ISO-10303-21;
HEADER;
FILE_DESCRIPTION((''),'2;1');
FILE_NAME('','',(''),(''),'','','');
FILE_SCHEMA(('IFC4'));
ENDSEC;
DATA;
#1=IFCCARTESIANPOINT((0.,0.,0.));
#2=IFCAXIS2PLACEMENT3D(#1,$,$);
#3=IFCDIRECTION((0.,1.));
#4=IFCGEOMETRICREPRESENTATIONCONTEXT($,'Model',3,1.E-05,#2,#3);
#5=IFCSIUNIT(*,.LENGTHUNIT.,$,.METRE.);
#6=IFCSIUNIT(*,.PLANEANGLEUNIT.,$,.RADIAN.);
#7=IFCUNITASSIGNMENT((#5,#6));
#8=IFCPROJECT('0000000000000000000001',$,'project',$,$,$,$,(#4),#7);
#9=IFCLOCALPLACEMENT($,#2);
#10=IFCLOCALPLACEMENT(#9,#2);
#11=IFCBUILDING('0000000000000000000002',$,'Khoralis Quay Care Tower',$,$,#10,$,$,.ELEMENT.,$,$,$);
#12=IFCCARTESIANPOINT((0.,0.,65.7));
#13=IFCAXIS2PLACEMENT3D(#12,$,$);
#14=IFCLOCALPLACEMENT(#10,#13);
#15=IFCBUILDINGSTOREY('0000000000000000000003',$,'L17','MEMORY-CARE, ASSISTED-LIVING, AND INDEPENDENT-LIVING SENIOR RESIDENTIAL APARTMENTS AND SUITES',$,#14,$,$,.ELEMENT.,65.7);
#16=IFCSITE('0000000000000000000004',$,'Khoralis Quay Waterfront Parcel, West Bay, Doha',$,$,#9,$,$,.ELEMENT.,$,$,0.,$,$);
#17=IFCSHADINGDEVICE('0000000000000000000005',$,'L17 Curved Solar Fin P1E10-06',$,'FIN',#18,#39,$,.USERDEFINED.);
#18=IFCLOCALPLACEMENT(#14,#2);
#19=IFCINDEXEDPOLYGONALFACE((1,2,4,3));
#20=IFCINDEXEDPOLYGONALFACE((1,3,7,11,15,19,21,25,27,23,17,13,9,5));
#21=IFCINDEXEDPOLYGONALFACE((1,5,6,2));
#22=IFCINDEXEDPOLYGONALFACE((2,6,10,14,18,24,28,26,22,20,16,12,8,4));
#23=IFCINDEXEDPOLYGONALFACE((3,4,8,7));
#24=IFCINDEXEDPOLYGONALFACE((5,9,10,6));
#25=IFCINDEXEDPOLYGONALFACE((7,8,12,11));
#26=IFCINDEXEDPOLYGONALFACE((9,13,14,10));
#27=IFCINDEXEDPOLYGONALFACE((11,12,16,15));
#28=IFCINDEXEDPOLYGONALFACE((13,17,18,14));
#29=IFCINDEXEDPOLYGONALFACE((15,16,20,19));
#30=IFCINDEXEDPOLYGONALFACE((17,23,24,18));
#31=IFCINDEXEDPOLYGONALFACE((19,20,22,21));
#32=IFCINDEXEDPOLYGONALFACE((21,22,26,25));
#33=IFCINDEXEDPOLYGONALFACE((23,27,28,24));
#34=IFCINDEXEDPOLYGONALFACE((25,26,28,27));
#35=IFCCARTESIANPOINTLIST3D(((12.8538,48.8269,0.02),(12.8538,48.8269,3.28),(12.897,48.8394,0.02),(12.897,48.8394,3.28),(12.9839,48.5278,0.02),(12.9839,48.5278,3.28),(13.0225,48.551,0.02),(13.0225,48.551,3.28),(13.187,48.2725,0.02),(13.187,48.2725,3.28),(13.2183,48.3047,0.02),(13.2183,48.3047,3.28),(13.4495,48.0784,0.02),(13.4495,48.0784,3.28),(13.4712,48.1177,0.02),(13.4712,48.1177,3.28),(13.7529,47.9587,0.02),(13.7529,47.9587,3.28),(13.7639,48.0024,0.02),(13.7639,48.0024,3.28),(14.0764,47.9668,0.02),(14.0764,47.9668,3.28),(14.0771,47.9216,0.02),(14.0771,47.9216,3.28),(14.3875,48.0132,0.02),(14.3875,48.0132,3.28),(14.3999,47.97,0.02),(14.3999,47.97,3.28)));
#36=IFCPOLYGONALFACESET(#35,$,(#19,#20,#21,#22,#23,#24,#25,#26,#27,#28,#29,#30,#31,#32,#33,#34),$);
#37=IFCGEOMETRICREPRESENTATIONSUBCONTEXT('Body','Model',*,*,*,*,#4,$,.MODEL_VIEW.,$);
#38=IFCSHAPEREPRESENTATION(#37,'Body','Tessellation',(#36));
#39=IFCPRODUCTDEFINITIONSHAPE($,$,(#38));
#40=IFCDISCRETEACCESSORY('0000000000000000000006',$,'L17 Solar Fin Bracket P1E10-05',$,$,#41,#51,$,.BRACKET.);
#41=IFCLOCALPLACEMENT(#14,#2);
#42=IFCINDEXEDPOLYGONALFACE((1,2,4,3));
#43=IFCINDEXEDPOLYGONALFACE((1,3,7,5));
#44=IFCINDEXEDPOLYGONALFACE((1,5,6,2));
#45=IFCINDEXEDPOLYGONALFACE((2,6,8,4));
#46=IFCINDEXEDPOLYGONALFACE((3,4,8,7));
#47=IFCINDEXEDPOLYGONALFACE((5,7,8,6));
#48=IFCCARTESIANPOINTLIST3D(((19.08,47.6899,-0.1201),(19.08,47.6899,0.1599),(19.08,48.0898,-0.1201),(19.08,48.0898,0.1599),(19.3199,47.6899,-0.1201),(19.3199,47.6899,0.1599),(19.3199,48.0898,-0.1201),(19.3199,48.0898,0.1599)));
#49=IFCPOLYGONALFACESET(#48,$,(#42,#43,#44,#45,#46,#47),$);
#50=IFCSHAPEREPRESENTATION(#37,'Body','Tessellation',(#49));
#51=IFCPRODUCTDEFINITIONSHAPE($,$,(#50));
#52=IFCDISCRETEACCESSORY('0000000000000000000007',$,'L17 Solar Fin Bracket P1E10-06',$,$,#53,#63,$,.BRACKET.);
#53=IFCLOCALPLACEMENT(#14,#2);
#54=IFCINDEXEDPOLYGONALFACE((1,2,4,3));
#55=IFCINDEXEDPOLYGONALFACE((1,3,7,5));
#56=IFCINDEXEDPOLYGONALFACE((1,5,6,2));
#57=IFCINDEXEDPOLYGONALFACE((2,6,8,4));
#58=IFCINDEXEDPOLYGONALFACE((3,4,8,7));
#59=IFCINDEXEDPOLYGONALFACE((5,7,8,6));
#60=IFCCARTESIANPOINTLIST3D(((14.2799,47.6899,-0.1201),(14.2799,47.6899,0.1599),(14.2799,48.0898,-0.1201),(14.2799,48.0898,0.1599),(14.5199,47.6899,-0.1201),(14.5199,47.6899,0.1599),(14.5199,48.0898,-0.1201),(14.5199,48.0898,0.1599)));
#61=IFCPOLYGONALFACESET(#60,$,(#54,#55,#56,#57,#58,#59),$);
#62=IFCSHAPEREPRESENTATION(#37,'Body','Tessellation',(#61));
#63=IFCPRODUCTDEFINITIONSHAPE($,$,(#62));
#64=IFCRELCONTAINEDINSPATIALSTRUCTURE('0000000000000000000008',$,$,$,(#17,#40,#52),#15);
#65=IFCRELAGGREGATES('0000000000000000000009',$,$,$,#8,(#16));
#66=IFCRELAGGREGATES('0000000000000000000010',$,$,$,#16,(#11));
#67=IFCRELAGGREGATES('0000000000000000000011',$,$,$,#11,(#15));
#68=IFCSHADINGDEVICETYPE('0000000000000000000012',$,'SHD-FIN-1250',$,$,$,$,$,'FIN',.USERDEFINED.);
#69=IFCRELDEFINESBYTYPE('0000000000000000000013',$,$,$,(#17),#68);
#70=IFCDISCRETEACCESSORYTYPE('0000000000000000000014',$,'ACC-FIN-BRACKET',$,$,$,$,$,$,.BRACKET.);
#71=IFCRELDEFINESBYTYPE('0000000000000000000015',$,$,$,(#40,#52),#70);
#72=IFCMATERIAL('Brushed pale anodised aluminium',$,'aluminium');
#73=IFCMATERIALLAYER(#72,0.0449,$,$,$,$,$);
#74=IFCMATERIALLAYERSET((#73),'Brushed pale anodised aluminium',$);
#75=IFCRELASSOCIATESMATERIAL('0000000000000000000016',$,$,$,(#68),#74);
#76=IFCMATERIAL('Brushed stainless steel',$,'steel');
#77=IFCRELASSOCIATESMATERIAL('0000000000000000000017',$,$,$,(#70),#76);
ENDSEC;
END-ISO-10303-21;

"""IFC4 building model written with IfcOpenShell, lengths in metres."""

from ifc_helpers import new_model, si_unit, direction, frame, origin, origin_2d, place, context, subcontext, project, spatial, polyline, rectangle, outline, extrude, source, transform, mapped, material, layer, layer_set, type_object, element, save


model = new_model("IFC4")

# Units and contexts
model_context = context("Model", 3, precision=1e-05, world=origin(), true_north=direction((0.0, 1.0)))
body_context = subcontext(model_context, "Body", "Model", "MODEL_VIEW")
ifc_project = project(units=[si_unit("LENGTHUNIT", "METRE"), si_unit("PLANEANGLEUNIT", "RADIAN")], contexts=[model_context])

# Site, building, storey
site_placement = place(None, origin())
site = spatial("IfcSite", under=ifc_project, at=site_placement, Name="Khoralis Quay Waterfront Parcel, West Bay, Doha", CompositionType="ELEMENT", RefElevation=0.0)
building_placement = place(site_placement, origin())
building = spatial("IfcBuilding", under=site, at=building_placement, Name="Khoralis Quay Care Tower", CompositionType="ELEMENT")
storey_placement = place(building_placement, frame((0.0, 0.0, 65.7)))
storey = spatial("IfcBuildingStorey", under=building, at=storey_placement, Name="L17", Description="MEMORY-CARE, ASSISTED-LIVING, AND INDEPENDENT-LIVING SENIOR RESIDENTIAL APARTMENTS AND SUITES", CompositionType="ELEMENT", Elevation=65.7)

# Shading device
ifc_material_1 = material(Name="Brushed pale anodised aluminium", Category="aluminium")
ifc_layer_1 = layer(ifc_material_1, 0.0449)
ifc_layer_set_1 = layer_set([ifc_layer_1], Name="Brushed pale anodised aluminium")
shading_device_type = type_object("IfcShadingDeviceType", Name="SHD-FIN-1250", ElementType="FIN", PredefinedType="USERDEFINED", material=ifc_layer_set_1)
shared_shape_1 = source(origin(), body_context, "Body", "SweptSolid", [
    extrude(outline(polyline([(0.0, 0.0), (-0.0483, 0.3228), (-0.0112, 0.647), (0.1084, 0.9504), (0.3025, 1.2129), (0.5579, 1.416), (0.8569, 1.5461), (0.8694, 1.5029), (0.5811, 1.3774), (0.3347, 1.1816), (0.1477, 0.9287), (0.0325, 0.636), (-0.0032, 0.3235), (0.0432, 0.0125), (0.0, 0.0)])), origin(), (0.0, 0.0, 1.0), 3.26),
])
for number, where, z_axis, x_axis, name in (
    (1, (14.3999, 47.97, 0.02), (0.0, 0.0, 1.0), (0.0, 1.0, 0.0), "L17 Curved Solar Fin P1E10-06"),
):
    element("IfcShadingDevice", number, at=place(storey_placement, frame(where, z_axis=z_axis, x_axis=x_axis)), inside=storey, type_object=shading_device_type, Name=name, ObjectType="FIN", PredefinedType="USERDEFINED", context=body_context, shape_type="MappedRepresentation", body=[
        mapped(shared_shape_1, transform((0.0, 0.0, 0.0), scale=1.0)),
    ])

# Discrete accessories
ifc_material_2 = material(Name="Brushed stainless steel", Category="steel")
discrete_accessory_type = type_object("IfcDiscreteAccessoryType", Name="ACC-FIN-BRACKET", PredefinedType="BRACKET", material=ifc_material_2)
shared_shape_2 = source(origin(), body_context, "Body", "SweptSolid", [
    extrude(rectangle(XDim=0.3999, YDim=0.24, at=origin_2d()), origin(), (0.0, 0.0, 1.0), 0.28),
])
for number, where, z_axis, x_axis, name in (
    (2, (19.2, 47.8899, -0.1201), (0.0, 0.0, 1.0), (0.0, 1.0, 0.0), "L17 Solar Fin Bracket P1E10-05"),
    (3, (14.3999, 47.8899, -0.1201), (0.0, 0.0, 1.0), (0.0, 1.0, 0.0), "L17 Solar Fin Bracket P1E10-06"),
):
    element("IfcDiscreteAccessory", number, at=place(storey_placement, frame(where, z_axis=z_axis, x_axis=x_axis)), inside=storey, type_object=discrete_accessory_type, Name=name, PredefinedType="BRACKET", context=body_context, shape_type="MappedRepresentation", body=[
        mapped(shared_shape_2, transform((0.0, 0.0, 0.0), scale=1.0)),
    ])

save(model, "model.ifc")
